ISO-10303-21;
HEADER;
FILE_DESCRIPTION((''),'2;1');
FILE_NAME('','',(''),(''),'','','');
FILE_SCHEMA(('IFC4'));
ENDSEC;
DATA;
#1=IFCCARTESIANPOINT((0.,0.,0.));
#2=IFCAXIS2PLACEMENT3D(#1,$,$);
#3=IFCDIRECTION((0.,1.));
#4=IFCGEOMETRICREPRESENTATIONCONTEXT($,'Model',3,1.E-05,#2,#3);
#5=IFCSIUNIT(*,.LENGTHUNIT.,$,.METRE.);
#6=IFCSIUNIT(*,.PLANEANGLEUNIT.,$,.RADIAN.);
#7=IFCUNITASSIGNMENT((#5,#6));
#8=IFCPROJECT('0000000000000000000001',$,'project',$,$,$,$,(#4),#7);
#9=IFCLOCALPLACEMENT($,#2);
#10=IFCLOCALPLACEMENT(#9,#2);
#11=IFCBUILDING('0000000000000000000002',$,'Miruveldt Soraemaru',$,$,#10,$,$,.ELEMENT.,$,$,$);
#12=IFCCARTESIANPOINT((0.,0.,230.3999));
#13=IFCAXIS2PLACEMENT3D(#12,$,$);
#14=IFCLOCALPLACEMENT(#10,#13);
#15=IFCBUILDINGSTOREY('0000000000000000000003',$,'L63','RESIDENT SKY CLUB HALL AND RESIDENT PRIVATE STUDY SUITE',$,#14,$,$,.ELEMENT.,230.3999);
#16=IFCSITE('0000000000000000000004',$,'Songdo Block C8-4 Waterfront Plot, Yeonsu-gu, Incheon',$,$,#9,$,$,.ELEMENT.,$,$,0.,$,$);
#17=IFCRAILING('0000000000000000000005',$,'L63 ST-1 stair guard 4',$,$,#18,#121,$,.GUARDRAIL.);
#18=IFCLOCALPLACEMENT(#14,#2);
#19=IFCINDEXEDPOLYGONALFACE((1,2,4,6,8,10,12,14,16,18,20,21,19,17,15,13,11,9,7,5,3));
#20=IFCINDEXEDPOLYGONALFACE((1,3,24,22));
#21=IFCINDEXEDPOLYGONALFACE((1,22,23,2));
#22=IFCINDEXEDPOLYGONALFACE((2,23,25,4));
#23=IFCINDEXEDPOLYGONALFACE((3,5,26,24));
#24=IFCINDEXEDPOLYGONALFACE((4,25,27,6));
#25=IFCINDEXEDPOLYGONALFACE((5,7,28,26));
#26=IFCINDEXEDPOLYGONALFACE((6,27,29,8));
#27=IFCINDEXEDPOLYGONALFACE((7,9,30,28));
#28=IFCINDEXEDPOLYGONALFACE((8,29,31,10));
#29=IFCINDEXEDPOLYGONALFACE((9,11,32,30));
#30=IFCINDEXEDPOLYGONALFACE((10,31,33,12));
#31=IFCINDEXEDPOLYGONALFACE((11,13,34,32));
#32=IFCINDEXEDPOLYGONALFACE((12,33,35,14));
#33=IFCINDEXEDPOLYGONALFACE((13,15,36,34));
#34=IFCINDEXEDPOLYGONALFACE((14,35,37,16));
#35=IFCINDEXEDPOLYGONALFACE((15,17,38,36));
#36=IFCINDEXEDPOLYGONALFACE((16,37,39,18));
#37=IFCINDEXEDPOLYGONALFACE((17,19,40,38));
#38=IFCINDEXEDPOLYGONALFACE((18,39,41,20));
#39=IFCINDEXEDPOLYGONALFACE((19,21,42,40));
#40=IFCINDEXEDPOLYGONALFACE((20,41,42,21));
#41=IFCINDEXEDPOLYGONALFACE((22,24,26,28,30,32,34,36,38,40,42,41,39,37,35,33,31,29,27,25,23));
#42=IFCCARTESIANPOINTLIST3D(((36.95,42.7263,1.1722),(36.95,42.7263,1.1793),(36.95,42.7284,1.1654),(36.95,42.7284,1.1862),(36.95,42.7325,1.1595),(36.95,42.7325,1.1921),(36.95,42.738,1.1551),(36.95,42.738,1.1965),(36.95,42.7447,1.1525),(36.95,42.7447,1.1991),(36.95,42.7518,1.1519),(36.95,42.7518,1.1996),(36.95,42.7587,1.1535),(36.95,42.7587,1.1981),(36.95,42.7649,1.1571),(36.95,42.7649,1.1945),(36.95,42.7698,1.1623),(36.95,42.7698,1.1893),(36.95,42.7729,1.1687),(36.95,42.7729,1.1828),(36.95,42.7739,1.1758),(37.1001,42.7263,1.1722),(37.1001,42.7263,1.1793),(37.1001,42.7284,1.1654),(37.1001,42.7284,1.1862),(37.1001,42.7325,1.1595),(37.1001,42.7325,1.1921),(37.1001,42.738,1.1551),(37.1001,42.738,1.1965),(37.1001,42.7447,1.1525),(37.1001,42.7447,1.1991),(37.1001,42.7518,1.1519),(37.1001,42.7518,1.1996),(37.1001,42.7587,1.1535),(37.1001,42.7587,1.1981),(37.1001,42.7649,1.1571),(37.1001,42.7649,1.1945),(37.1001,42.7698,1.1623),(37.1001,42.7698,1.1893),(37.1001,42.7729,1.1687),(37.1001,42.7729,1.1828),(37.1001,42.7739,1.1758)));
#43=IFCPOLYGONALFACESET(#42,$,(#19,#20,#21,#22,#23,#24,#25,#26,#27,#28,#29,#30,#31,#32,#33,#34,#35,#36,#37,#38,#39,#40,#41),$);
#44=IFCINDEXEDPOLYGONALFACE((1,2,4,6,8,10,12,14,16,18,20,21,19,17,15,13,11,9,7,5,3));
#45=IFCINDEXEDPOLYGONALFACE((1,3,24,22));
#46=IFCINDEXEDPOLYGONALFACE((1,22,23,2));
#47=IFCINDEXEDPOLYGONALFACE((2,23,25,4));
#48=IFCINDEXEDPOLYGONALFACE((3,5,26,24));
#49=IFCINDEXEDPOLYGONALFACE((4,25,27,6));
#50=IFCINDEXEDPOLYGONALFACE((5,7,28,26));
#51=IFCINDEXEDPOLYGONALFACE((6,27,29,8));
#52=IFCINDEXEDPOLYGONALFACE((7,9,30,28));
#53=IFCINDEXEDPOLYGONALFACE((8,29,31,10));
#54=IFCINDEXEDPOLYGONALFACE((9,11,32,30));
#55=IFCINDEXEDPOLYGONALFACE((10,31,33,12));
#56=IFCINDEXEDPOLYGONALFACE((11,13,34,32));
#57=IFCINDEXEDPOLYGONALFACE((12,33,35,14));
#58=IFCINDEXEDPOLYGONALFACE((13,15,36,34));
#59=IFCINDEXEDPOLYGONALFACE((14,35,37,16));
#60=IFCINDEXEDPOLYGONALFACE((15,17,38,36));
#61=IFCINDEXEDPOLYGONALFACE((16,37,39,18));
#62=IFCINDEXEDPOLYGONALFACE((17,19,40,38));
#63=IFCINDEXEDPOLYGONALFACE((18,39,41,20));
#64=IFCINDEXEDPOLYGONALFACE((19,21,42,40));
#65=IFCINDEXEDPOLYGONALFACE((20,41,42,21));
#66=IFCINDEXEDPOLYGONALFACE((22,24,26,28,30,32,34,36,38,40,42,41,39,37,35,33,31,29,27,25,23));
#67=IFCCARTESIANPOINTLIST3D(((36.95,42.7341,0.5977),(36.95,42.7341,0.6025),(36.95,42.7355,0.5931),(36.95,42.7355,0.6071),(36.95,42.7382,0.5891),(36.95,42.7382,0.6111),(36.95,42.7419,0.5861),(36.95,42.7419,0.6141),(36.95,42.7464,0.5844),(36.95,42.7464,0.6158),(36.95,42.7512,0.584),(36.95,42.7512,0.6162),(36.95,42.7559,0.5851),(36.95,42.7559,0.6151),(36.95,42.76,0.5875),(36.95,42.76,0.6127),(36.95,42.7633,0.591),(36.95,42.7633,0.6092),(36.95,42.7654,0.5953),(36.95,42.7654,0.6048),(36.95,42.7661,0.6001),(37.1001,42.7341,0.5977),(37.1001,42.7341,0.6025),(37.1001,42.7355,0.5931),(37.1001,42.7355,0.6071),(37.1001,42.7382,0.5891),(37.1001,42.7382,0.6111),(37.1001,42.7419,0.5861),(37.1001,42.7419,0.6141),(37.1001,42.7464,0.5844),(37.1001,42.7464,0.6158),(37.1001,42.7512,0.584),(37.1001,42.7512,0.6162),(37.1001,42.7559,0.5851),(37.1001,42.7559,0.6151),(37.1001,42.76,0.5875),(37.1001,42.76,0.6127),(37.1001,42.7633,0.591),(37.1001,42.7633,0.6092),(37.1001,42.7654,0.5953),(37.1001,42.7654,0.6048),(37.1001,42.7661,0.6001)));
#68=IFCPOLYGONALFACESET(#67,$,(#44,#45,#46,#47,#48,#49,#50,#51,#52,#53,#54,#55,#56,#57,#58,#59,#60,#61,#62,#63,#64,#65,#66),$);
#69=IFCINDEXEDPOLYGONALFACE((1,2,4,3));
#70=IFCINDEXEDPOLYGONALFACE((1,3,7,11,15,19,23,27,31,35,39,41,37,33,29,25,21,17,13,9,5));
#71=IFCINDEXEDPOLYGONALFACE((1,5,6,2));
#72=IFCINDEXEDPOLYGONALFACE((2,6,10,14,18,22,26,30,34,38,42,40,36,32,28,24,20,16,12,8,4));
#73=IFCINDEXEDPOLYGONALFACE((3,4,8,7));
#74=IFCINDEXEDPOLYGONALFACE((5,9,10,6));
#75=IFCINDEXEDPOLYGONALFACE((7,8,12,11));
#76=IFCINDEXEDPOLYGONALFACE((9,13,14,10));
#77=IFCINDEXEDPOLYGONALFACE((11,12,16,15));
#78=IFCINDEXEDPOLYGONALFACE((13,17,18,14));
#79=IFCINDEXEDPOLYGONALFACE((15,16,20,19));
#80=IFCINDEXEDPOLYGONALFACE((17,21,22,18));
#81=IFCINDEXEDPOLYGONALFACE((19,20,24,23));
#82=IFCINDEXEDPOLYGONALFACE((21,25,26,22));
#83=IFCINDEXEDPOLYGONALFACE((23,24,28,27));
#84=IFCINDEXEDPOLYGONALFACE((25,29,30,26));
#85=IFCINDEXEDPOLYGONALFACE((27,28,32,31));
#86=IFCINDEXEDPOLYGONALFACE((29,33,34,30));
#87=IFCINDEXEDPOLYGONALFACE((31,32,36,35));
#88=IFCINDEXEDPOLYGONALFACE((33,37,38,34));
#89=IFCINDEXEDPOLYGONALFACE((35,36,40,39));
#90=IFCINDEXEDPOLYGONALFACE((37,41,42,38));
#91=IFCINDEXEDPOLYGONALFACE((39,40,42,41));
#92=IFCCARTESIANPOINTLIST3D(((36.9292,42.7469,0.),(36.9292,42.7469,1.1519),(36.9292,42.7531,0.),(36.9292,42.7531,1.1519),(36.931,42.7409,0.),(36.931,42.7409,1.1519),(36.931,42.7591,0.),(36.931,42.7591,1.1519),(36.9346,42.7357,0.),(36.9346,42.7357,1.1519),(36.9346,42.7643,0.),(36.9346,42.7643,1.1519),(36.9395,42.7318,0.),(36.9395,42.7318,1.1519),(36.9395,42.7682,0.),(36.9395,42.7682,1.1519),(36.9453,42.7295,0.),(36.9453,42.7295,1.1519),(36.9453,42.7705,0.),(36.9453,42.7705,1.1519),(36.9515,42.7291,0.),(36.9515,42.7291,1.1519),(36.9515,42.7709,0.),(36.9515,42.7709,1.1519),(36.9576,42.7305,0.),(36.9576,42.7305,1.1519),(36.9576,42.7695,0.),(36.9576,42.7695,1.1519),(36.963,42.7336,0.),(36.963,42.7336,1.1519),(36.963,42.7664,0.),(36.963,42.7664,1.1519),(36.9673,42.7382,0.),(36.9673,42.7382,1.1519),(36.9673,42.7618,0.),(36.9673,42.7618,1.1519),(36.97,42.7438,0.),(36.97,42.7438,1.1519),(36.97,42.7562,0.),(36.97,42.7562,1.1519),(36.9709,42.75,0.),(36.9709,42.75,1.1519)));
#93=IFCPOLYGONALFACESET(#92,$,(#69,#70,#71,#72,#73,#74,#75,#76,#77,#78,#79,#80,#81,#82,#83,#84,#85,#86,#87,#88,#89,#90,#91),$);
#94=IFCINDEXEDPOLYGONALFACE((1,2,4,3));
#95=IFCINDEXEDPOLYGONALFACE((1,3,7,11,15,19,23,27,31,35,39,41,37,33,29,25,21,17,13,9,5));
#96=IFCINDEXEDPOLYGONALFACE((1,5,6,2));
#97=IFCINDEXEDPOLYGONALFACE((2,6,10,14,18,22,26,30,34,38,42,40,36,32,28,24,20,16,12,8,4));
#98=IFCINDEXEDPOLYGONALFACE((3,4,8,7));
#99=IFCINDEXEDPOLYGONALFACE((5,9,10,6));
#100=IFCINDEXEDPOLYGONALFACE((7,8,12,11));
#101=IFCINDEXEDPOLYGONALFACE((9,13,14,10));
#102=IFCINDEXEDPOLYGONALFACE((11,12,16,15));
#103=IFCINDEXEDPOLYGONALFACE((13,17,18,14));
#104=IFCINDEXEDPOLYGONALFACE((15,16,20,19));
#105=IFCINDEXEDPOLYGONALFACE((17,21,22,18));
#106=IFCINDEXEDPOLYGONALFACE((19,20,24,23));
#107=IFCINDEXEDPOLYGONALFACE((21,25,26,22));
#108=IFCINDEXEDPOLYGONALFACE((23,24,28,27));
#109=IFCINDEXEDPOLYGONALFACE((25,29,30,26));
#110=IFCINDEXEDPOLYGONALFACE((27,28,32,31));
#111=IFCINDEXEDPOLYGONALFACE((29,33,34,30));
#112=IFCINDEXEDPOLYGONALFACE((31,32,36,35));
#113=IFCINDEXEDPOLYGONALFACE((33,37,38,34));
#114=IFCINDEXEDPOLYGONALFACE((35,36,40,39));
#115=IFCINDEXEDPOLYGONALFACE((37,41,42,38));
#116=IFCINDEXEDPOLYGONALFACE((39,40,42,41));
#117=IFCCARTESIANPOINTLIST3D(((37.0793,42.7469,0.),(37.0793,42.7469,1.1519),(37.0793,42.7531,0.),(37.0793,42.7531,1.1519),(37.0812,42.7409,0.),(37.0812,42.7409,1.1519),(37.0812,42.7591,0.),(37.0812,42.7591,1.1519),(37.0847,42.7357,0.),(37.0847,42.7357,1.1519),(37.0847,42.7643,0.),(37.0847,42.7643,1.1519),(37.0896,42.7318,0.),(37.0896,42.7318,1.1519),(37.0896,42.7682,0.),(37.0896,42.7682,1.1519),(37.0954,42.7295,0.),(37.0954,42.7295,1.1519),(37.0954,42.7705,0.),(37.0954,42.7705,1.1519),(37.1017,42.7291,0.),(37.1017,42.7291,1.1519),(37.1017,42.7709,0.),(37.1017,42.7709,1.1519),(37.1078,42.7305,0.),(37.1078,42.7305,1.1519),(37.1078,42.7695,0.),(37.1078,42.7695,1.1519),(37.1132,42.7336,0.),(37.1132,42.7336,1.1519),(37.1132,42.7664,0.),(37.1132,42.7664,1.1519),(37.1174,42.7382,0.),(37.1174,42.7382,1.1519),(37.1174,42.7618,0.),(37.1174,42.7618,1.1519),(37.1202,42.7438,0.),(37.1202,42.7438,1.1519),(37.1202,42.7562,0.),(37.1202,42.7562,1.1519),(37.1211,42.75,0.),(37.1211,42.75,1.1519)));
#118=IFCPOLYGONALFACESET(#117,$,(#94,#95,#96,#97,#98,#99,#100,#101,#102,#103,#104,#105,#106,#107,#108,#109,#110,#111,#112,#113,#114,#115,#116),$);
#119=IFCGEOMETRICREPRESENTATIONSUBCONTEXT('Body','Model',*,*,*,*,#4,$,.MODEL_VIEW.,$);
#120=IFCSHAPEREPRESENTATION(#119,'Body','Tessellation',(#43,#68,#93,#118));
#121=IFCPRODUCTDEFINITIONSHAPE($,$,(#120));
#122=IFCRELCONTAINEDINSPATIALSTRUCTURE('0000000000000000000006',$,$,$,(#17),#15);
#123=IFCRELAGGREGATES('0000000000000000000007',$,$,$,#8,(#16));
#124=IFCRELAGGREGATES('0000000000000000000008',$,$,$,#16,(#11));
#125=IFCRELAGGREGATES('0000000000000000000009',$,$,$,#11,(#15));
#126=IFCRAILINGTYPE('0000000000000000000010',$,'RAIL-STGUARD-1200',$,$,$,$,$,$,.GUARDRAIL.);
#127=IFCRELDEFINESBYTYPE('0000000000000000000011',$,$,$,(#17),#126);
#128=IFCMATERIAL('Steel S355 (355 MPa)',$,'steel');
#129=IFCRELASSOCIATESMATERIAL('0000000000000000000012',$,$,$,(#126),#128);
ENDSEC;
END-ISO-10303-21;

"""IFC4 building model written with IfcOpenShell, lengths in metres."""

from ifc_helpers import new_model, si_unit, direction, frame, origin, origin_2d, place, context, subcontext, project, spatial, circle, extrude, material, type_object, element, save


model = new_model("IFC4")

# Units and contexts
model_context = context("Model", 3, precision=1e-05, world=origin(), true_north=direction((0.0, 1.0)))
body_context = subcontext(model_context, "Body", "Model", "MODEL_VIEW")
ifc_project = project(units=[si_unit("LENGTHUNIT", "METRE"), si_unit("PLANEANGLEUNIT", "RADIAN")], contexts=[model_context])

# Site, building, storey
site_placement = place(None, origin())
site = spatial("IfcSite", under=ifc_project, at=site_placement, Name="Songdo Block C8-4 Waterfront Plot, Yeonsu-gu, Incheon", CompositionType="ELEMENT", RefElevation=0.0)
building_placement = place(site_placement, origin())
building = spatial("IfcBuilding", under=site, at=building_placement, Name="Miruveldt Soraemaru", CompositionType="ELEMENT")
storey_placement = place(building_placement, frame((0.0, 0.0, 230.3999)))
storey = spatial("IfcBuildingStorey", under=building, at=storey_placement, Name="L63", Description="RESIDENT SKY CLUB HALL AND RESIDENT PRIVATE STUDY SUITE", CompositionType="ELEMENT", Elevation=230.3999)

# Railing
ifc_material_1 = material(Name="Steel S355 (355 MPa)", Category="steel")
railing_type_1 = type_object("IfcRailingType", Name="RAIL-STGUARD-1200", PredefinedType="GUARDRAIL", material=ifc_material_1)
railing_1_placement = place(storey_placement, frame((36.95, 42.75, 0.0)))
element("IfcRailing", 1, at=railing_1_placement, inside=storey, type_object=railing_type_1, Name="L63 ST-1 stair guard 4", PredefinedType="GUARDRAIL", context=body_context, shape_type="SweptSolid", body=[
    extrude(circle(Radius=0.0239, at=origin_2d()), frame((0.0, 0.0, 1.1758), z_axis=(1.0, 0.0, 0.0), x_axis=(0.0, 1.0, 0.0)), (0.0, 0.0, 1.0), 0.1501),
    extrude(circle(Radius=0.0161, at=origin_2d()), frame((0.0, 0.0, 0.6001), z_axis=(1.0, 0.0, 0.0), x_axis=(0.0, 1.0, 0.0)), (0.0, 0.0, 1.0), 0.1501),
    extrude(circle(Radius=0.021, at=origin_2d()), origin(), (0.0, 0.0, 1.0), 1.1519),
    extrude(circle(Radius=0.021, at=origin_2d()), frame((0.1501, 0.0, 0.0)), (0.0, 0.0, 1.0), 1.1519),
])

save(model, "model.ifc")
